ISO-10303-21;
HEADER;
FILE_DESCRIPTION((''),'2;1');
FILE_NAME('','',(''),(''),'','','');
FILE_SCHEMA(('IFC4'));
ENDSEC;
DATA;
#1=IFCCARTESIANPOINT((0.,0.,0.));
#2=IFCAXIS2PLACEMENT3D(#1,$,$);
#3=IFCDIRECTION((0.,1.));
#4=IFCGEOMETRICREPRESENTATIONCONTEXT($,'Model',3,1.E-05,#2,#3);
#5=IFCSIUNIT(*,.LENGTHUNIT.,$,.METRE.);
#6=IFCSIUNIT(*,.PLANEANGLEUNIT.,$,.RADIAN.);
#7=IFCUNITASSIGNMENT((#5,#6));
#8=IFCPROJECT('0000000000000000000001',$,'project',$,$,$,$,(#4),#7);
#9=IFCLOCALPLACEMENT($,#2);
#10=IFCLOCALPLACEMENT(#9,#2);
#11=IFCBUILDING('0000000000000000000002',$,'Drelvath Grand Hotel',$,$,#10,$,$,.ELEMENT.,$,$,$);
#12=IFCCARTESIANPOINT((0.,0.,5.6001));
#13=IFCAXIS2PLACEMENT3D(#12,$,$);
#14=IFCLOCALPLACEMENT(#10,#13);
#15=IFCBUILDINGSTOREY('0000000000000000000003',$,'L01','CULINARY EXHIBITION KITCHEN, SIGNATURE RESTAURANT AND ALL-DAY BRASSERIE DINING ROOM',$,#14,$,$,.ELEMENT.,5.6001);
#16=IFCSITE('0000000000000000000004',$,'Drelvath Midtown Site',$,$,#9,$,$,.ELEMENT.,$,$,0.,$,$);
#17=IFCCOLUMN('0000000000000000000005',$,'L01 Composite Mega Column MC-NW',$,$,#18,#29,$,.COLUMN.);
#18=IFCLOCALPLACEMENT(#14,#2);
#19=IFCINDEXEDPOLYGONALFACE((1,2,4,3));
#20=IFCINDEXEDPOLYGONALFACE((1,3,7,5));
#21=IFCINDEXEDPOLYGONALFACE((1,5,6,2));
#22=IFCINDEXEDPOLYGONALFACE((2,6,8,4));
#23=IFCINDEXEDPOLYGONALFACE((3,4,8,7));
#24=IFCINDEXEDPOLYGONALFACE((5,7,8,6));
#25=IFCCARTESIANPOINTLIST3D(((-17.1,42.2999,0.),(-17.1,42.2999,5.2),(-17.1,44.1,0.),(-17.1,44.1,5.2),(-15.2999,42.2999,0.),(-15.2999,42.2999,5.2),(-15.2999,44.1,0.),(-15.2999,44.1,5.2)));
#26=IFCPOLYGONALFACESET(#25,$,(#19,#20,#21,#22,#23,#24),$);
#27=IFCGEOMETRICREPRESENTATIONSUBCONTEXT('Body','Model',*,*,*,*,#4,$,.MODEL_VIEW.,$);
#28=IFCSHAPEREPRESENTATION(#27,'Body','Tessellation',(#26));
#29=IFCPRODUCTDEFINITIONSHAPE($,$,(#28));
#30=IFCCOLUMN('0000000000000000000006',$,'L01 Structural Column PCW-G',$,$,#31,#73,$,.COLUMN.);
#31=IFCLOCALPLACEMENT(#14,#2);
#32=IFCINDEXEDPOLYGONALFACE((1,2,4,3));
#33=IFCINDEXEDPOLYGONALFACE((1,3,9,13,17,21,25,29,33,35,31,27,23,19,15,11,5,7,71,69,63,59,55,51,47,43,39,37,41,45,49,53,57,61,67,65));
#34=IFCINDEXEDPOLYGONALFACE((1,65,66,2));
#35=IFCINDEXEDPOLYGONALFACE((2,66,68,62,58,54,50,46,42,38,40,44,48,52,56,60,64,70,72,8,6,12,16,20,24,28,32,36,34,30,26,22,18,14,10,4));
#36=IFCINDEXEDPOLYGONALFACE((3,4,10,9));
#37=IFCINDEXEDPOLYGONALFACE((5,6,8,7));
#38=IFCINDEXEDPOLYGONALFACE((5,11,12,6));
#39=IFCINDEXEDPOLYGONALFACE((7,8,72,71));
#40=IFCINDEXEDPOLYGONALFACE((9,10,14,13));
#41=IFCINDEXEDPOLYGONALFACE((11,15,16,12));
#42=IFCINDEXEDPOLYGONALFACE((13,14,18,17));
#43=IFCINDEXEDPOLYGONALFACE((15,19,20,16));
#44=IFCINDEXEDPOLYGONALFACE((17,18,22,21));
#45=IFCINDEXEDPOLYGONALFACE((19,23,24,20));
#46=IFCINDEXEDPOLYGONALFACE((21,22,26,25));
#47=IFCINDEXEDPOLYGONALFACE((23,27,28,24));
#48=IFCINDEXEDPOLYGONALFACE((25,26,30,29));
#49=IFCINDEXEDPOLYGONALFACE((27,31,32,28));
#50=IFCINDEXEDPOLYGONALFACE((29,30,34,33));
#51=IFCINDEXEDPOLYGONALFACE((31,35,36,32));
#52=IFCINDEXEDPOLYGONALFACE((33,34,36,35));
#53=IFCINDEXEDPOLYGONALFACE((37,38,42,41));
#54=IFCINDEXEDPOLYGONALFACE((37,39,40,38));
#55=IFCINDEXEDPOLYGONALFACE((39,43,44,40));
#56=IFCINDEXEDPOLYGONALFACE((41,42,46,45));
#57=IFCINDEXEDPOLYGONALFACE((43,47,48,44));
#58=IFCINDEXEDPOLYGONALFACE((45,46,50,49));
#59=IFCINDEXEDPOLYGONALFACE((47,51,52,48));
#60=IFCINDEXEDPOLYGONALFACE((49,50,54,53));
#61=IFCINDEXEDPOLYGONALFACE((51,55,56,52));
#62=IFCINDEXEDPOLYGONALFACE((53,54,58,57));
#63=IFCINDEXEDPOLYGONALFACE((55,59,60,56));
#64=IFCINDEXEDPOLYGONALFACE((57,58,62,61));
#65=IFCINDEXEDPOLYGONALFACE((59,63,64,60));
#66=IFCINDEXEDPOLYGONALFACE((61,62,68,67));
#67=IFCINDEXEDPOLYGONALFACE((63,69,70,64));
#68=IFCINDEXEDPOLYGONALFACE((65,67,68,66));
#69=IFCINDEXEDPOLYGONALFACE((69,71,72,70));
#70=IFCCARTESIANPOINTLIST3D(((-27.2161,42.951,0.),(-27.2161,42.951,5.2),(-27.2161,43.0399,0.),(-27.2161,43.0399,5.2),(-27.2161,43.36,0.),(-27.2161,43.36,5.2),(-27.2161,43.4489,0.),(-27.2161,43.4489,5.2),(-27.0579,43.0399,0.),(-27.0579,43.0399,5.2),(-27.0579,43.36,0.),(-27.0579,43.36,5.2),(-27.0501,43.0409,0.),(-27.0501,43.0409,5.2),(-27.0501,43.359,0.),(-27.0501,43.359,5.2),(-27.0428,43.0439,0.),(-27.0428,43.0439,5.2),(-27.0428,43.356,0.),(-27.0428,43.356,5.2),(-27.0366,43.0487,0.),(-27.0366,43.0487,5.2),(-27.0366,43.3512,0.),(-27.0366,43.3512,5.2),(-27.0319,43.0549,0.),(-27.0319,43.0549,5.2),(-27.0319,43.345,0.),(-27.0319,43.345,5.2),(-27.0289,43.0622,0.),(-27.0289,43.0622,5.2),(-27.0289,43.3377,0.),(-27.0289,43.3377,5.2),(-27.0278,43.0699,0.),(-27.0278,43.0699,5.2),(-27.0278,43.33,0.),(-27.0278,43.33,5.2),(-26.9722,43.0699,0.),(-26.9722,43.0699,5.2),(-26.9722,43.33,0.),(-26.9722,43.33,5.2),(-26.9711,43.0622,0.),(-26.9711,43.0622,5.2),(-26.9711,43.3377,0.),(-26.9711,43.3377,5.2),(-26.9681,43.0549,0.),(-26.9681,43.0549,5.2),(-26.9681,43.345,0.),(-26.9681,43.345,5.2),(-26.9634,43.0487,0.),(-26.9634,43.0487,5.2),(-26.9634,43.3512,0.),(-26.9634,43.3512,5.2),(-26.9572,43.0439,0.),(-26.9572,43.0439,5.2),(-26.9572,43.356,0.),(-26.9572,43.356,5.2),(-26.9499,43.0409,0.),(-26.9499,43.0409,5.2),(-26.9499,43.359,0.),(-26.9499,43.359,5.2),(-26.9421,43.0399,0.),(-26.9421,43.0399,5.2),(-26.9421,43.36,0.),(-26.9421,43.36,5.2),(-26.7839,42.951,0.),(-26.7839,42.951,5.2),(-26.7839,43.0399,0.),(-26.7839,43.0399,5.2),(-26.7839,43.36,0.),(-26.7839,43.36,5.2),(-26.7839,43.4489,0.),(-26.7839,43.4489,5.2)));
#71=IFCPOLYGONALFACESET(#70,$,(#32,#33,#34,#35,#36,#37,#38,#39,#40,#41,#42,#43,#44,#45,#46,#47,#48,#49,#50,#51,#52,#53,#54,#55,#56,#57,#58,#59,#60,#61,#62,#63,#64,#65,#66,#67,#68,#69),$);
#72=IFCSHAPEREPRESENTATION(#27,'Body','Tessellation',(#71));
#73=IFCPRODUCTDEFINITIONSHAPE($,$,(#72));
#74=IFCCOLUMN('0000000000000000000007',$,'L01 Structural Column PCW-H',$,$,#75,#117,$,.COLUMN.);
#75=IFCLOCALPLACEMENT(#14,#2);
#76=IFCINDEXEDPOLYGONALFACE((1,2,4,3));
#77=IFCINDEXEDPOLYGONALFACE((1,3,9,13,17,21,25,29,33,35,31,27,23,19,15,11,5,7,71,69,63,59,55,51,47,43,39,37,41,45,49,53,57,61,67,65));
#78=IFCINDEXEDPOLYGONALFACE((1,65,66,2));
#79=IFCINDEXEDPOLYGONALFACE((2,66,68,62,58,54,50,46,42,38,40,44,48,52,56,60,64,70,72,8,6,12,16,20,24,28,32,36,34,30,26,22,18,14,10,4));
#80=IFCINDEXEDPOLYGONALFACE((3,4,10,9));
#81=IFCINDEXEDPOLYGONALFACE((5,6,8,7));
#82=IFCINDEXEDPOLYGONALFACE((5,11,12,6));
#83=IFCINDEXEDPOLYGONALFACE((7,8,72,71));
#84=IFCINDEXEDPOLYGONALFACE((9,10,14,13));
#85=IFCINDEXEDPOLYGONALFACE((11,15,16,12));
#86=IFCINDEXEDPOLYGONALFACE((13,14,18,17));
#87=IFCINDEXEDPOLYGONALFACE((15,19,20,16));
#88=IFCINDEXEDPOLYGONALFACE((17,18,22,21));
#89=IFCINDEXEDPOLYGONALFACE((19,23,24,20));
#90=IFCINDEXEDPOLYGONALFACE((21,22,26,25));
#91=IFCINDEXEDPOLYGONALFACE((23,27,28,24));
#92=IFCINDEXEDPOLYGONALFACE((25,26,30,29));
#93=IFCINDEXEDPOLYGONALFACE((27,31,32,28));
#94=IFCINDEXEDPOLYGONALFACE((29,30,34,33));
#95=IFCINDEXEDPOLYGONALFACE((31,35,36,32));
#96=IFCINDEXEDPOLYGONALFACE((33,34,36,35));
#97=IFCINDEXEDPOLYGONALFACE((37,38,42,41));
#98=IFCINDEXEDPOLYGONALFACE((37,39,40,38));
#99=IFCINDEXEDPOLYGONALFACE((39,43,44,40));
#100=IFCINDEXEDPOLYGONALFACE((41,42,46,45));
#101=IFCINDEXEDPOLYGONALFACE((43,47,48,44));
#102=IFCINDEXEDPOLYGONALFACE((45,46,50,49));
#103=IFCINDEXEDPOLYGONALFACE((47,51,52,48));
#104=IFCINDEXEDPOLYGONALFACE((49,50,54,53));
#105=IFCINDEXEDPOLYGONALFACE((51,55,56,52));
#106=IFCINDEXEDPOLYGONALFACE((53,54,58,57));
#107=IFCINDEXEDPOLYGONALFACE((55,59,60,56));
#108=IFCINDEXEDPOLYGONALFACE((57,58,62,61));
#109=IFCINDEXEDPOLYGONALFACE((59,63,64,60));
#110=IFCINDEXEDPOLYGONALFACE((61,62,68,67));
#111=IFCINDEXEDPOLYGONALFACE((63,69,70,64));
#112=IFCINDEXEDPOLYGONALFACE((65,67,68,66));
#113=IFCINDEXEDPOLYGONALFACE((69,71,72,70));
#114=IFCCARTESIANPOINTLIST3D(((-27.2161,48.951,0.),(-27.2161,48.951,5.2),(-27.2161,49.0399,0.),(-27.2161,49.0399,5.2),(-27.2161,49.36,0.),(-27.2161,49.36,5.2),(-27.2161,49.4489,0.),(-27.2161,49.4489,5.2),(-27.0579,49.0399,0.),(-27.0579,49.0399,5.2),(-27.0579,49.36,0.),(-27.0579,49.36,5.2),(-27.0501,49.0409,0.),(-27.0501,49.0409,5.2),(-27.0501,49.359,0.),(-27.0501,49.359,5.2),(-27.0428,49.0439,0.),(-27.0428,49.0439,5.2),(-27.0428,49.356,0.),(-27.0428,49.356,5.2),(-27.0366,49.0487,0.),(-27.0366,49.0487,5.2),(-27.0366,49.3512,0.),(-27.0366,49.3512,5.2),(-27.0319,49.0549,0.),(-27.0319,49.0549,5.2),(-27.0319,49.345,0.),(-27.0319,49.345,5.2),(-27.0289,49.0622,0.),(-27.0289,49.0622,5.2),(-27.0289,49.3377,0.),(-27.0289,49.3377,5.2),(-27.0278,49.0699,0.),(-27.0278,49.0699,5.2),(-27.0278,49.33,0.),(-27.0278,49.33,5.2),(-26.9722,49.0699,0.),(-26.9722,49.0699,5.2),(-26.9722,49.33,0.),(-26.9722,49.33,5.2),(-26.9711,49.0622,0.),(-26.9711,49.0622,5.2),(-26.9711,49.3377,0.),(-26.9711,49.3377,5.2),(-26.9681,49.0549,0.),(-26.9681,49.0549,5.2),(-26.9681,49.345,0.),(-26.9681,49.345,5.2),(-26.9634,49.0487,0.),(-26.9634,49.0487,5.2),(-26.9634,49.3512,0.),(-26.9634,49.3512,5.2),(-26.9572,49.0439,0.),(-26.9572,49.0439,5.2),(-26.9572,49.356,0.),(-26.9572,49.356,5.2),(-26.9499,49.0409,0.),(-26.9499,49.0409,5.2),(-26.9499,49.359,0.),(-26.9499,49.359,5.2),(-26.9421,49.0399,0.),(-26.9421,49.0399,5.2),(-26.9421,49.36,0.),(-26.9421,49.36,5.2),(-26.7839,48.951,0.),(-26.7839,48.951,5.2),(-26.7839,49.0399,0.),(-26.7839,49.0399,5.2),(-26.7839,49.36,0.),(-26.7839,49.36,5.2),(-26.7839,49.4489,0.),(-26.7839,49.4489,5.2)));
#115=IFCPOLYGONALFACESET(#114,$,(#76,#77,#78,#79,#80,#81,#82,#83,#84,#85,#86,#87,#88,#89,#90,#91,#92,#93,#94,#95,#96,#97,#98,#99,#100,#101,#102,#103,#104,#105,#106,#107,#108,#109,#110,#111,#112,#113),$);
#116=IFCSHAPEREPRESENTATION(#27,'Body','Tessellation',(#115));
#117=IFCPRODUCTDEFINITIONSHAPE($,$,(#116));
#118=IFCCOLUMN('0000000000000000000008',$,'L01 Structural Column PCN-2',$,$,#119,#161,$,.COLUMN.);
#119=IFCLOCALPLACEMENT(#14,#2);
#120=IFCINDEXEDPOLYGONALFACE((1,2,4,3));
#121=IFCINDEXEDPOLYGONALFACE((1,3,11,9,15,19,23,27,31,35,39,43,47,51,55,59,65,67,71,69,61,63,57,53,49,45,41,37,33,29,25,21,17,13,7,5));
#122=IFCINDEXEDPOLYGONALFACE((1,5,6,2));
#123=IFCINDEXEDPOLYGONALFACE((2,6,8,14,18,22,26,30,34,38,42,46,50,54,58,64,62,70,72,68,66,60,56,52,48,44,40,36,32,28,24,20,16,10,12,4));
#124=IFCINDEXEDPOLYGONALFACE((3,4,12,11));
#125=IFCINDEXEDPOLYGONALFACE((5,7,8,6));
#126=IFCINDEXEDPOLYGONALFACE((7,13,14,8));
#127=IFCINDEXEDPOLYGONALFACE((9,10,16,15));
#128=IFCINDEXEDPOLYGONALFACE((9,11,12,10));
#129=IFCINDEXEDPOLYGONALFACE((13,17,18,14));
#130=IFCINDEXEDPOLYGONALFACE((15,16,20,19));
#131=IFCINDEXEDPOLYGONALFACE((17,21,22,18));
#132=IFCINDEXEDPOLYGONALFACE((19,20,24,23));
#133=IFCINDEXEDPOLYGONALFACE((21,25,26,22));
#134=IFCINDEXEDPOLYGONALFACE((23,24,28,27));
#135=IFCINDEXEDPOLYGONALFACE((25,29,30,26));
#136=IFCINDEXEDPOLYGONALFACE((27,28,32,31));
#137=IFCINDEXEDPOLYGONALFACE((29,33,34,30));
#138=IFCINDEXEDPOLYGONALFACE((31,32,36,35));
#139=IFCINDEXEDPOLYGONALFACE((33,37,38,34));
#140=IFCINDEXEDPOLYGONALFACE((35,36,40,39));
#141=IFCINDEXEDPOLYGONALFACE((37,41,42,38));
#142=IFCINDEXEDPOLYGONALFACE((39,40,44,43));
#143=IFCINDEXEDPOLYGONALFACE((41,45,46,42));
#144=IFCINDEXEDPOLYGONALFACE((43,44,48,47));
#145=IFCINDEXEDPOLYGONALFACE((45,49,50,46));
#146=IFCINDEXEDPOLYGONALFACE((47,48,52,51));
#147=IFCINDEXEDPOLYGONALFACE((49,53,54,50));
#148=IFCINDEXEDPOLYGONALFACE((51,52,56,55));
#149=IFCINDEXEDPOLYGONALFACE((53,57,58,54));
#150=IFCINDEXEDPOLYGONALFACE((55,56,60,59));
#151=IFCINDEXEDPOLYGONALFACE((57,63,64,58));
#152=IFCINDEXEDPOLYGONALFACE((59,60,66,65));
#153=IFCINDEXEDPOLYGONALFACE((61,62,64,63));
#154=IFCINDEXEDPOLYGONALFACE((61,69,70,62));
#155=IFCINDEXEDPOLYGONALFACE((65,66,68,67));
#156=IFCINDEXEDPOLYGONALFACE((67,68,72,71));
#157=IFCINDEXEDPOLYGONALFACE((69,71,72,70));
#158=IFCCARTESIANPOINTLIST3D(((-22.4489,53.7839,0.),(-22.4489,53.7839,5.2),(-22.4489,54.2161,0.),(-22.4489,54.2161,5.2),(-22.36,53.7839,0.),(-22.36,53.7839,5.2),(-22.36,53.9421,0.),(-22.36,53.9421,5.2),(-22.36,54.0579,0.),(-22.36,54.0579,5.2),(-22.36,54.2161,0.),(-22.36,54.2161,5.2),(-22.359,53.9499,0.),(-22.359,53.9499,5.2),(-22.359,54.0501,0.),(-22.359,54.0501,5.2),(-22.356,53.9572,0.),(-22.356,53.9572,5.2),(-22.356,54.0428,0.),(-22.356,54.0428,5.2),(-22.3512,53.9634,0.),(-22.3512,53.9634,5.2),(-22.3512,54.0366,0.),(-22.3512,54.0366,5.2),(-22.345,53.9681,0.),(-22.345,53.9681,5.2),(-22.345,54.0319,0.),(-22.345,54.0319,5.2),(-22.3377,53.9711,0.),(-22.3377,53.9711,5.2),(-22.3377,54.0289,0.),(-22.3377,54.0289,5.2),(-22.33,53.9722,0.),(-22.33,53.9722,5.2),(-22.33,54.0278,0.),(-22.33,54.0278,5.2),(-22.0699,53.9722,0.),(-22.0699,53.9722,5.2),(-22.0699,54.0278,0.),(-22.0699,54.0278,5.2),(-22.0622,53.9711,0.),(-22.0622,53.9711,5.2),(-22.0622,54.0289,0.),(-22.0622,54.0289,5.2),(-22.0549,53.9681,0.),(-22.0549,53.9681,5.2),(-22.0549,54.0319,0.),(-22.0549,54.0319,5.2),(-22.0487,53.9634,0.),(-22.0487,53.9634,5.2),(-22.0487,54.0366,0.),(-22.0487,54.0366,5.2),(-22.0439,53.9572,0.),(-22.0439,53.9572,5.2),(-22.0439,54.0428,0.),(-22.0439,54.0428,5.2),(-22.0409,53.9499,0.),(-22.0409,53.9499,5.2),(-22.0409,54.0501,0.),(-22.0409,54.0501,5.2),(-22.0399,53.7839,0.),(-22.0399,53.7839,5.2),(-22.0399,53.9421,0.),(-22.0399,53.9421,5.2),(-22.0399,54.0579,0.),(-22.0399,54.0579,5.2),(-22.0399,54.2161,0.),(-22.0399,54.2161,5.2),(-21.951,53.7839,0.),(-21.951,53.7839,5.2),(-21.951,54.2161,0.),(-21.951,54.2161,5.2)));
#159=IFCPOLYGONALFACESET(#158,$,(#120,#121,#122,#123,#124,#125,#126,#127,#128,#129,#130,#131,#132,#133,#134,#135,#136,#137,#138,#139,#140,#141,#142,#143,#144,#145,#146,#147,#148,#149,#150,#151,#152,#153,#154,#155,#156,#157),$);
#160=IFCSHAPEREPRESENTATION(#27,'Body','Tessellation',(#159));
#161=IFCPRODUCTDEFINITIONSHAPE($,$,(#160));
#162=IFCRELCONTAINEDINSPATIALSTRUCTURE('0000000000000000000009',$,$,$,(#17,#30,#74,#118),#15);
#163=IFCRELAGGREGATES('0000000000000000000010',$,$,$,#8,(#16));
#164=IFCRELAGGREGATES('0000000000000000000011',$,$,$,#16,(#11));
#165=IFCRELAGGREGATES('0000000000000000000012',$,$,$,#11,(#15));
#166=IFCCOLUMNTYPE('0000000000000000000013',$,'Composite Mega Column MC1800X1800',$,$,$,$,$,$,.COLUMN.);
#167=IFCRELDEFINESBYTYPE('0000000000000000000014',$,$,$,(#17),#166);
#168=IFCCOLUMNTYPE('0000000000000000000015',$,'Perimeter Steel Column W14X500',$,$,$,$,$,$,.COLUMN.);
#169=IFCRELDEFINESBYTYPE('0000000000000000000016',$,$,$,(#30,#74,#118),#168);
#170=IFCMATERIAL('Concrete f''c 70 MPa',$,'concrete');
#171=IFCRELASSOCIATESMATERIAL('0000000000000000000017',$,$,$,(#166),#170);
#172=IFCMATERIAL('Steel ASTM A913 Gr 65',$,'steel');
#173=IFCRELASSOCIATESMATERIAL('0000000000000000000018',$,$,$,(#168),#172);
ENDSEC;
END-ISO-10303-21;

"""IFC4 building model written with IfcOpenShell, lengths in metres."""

from ifc_helpers import new_model, si_unit, direction, frame, origin, origin_2d, place, context, subcontext, project, spatial, rectangle, i_section, extrude, material, material_profile, profile_set, type_object, element, save


model = new_model("IFC4")

# Units and contexts
model_context = context("Model", 3, precision=1e-05, world=origin(), true_north=direction((0.0, 1.0)))
body_context = subcontext(model_context, "Body", "Model", "MODEL_VIEW")
ifc_project = project(units=[si_unit("LENGTHUNIT", "METRE"), si_unit("PLANEANGLEUNIT", "RADIAN")], contexts=[model_context])

# Site, building, storey
site_placement = place(None, origin())
site = spatial("IfcSite", under=ifc_project, at=site_placement, Name="Drelvath Midtown Site", CompositionType="ELEMENT", RefElevation=0.0)
building_placement = place(site_placement, origin())
building = spatial("IfcBuilding", under=site, at=building_placement, Name="Drelvath Grand Hotel", CompositionType="ELEMENT")
storey_placement = place(building_placement, frame((0.0, 0.0, 5.6001)))
storey = spatial("IfcBuildingStorey", under=building, at=storey_placement, Name="L01", Description="CULINARY EXHIBITION KITCHEN, SIGNATURE RESTAURANT AND ALL-DAY BRASSERIE DINING ROOM", CompositionType="ELEMENT", Elevation=5.6001)

# Columns
ifc_material_1 = material(Name="Concrete f'c 70 MPa", Category="concrete")
ifc_material_profile_1 = material_profile(ifc_material_1, rectangle(XDim=1.8, YDim=1.8, at=origin_2d()), Name="MC1800X1800")
ifc_profile_set_1 = profile_set([ifc_material_profile_1], Name="Concrete f'c 70 MPa")
column_type_1 = type_object("IfcColumnType", Name="Composite Mega Column MC1800X1800", PredefinedType="COLUMN", material=ifc_profile_set_1)
column_placement = place(storey_placement, frame((-16.2, 43.2, 0.0), z_axis=(0.0, 0.0, 1.0), x_axis=(1.0, 0.0, 0.0)))
element("IfcColumn", 1, at=column_placement, inside=storey, type_object=column_type_1, Name="L01 Composite Mega Column MC-NW", PredefinedType="COLUMN", context=body_context, shape_type="SweptSolid", body=[
    extrude(rectangle(XDim=1.8, YDim=1.8, at=origin_2d()), origin(), (0.0, 0.0, 1.0), 5.2),
])
ifc_material_2 = material(Name="Steel ASTM A913 Gr 65", Category="steel")
ifc_material_profile_2 = material_profile(ifc_material_2, i_section(OverallWidth=0.4321, OverallDepth=0.4978, WebThickness=0.0557, FlangeThickness=0.0889, FilletRadius=0.03, at=origin_2d()), Name="W14X500")
ifc_profile_set_2 = profile_set([ifc_material_profile_2], Name="Steel ASTM A913 Gr 65")
column_type_2 = type_object("IfcColumnType", Name="Perimeter Steel Column W14X500", PredefinedType="COLUMN", material=ifc_profile_set_2)
for number, where, z_axis, x_axis, name in (
    (2, (-27.0, 43.2, 0.0), (0.0, 0.0, 1.0), (1.0, 0.0, 0.0), "L01 Structural Column PCW-G"),
    (3, (-27.0, 49.2, 0.0), (0.0, 0.0, 1.0), (1.0, 0.0, 0.0), "L01 Structural Column PCW-H"),
    (4, (-22.2, 54.0, 0.0), (0.0, 0.0, 1.0), (0.0, 1.0, 0.0), "L01 Structural Column PCN-2"),
):
    element("IfcColumn", number, at=place(storey_placement, frame(where, z_axis=z_axis, x_axis=x_axis)), inside=storey, type_object=column_type_2, Name=name, PredefinedType="COLUMN", context=body_context, shape_type="SweptSolid", body=[
        extrude(i_section(OverallWidth=0.4321, OverallDepth=0.4978, WebThickness=0.0557, FlangeThickness=0.0889, FilletRadius=0.03, at=origin_2d()), origin(), (0.0, 0.0, 1.0), 5.2),
    ])

save(model, "model.ifc")
